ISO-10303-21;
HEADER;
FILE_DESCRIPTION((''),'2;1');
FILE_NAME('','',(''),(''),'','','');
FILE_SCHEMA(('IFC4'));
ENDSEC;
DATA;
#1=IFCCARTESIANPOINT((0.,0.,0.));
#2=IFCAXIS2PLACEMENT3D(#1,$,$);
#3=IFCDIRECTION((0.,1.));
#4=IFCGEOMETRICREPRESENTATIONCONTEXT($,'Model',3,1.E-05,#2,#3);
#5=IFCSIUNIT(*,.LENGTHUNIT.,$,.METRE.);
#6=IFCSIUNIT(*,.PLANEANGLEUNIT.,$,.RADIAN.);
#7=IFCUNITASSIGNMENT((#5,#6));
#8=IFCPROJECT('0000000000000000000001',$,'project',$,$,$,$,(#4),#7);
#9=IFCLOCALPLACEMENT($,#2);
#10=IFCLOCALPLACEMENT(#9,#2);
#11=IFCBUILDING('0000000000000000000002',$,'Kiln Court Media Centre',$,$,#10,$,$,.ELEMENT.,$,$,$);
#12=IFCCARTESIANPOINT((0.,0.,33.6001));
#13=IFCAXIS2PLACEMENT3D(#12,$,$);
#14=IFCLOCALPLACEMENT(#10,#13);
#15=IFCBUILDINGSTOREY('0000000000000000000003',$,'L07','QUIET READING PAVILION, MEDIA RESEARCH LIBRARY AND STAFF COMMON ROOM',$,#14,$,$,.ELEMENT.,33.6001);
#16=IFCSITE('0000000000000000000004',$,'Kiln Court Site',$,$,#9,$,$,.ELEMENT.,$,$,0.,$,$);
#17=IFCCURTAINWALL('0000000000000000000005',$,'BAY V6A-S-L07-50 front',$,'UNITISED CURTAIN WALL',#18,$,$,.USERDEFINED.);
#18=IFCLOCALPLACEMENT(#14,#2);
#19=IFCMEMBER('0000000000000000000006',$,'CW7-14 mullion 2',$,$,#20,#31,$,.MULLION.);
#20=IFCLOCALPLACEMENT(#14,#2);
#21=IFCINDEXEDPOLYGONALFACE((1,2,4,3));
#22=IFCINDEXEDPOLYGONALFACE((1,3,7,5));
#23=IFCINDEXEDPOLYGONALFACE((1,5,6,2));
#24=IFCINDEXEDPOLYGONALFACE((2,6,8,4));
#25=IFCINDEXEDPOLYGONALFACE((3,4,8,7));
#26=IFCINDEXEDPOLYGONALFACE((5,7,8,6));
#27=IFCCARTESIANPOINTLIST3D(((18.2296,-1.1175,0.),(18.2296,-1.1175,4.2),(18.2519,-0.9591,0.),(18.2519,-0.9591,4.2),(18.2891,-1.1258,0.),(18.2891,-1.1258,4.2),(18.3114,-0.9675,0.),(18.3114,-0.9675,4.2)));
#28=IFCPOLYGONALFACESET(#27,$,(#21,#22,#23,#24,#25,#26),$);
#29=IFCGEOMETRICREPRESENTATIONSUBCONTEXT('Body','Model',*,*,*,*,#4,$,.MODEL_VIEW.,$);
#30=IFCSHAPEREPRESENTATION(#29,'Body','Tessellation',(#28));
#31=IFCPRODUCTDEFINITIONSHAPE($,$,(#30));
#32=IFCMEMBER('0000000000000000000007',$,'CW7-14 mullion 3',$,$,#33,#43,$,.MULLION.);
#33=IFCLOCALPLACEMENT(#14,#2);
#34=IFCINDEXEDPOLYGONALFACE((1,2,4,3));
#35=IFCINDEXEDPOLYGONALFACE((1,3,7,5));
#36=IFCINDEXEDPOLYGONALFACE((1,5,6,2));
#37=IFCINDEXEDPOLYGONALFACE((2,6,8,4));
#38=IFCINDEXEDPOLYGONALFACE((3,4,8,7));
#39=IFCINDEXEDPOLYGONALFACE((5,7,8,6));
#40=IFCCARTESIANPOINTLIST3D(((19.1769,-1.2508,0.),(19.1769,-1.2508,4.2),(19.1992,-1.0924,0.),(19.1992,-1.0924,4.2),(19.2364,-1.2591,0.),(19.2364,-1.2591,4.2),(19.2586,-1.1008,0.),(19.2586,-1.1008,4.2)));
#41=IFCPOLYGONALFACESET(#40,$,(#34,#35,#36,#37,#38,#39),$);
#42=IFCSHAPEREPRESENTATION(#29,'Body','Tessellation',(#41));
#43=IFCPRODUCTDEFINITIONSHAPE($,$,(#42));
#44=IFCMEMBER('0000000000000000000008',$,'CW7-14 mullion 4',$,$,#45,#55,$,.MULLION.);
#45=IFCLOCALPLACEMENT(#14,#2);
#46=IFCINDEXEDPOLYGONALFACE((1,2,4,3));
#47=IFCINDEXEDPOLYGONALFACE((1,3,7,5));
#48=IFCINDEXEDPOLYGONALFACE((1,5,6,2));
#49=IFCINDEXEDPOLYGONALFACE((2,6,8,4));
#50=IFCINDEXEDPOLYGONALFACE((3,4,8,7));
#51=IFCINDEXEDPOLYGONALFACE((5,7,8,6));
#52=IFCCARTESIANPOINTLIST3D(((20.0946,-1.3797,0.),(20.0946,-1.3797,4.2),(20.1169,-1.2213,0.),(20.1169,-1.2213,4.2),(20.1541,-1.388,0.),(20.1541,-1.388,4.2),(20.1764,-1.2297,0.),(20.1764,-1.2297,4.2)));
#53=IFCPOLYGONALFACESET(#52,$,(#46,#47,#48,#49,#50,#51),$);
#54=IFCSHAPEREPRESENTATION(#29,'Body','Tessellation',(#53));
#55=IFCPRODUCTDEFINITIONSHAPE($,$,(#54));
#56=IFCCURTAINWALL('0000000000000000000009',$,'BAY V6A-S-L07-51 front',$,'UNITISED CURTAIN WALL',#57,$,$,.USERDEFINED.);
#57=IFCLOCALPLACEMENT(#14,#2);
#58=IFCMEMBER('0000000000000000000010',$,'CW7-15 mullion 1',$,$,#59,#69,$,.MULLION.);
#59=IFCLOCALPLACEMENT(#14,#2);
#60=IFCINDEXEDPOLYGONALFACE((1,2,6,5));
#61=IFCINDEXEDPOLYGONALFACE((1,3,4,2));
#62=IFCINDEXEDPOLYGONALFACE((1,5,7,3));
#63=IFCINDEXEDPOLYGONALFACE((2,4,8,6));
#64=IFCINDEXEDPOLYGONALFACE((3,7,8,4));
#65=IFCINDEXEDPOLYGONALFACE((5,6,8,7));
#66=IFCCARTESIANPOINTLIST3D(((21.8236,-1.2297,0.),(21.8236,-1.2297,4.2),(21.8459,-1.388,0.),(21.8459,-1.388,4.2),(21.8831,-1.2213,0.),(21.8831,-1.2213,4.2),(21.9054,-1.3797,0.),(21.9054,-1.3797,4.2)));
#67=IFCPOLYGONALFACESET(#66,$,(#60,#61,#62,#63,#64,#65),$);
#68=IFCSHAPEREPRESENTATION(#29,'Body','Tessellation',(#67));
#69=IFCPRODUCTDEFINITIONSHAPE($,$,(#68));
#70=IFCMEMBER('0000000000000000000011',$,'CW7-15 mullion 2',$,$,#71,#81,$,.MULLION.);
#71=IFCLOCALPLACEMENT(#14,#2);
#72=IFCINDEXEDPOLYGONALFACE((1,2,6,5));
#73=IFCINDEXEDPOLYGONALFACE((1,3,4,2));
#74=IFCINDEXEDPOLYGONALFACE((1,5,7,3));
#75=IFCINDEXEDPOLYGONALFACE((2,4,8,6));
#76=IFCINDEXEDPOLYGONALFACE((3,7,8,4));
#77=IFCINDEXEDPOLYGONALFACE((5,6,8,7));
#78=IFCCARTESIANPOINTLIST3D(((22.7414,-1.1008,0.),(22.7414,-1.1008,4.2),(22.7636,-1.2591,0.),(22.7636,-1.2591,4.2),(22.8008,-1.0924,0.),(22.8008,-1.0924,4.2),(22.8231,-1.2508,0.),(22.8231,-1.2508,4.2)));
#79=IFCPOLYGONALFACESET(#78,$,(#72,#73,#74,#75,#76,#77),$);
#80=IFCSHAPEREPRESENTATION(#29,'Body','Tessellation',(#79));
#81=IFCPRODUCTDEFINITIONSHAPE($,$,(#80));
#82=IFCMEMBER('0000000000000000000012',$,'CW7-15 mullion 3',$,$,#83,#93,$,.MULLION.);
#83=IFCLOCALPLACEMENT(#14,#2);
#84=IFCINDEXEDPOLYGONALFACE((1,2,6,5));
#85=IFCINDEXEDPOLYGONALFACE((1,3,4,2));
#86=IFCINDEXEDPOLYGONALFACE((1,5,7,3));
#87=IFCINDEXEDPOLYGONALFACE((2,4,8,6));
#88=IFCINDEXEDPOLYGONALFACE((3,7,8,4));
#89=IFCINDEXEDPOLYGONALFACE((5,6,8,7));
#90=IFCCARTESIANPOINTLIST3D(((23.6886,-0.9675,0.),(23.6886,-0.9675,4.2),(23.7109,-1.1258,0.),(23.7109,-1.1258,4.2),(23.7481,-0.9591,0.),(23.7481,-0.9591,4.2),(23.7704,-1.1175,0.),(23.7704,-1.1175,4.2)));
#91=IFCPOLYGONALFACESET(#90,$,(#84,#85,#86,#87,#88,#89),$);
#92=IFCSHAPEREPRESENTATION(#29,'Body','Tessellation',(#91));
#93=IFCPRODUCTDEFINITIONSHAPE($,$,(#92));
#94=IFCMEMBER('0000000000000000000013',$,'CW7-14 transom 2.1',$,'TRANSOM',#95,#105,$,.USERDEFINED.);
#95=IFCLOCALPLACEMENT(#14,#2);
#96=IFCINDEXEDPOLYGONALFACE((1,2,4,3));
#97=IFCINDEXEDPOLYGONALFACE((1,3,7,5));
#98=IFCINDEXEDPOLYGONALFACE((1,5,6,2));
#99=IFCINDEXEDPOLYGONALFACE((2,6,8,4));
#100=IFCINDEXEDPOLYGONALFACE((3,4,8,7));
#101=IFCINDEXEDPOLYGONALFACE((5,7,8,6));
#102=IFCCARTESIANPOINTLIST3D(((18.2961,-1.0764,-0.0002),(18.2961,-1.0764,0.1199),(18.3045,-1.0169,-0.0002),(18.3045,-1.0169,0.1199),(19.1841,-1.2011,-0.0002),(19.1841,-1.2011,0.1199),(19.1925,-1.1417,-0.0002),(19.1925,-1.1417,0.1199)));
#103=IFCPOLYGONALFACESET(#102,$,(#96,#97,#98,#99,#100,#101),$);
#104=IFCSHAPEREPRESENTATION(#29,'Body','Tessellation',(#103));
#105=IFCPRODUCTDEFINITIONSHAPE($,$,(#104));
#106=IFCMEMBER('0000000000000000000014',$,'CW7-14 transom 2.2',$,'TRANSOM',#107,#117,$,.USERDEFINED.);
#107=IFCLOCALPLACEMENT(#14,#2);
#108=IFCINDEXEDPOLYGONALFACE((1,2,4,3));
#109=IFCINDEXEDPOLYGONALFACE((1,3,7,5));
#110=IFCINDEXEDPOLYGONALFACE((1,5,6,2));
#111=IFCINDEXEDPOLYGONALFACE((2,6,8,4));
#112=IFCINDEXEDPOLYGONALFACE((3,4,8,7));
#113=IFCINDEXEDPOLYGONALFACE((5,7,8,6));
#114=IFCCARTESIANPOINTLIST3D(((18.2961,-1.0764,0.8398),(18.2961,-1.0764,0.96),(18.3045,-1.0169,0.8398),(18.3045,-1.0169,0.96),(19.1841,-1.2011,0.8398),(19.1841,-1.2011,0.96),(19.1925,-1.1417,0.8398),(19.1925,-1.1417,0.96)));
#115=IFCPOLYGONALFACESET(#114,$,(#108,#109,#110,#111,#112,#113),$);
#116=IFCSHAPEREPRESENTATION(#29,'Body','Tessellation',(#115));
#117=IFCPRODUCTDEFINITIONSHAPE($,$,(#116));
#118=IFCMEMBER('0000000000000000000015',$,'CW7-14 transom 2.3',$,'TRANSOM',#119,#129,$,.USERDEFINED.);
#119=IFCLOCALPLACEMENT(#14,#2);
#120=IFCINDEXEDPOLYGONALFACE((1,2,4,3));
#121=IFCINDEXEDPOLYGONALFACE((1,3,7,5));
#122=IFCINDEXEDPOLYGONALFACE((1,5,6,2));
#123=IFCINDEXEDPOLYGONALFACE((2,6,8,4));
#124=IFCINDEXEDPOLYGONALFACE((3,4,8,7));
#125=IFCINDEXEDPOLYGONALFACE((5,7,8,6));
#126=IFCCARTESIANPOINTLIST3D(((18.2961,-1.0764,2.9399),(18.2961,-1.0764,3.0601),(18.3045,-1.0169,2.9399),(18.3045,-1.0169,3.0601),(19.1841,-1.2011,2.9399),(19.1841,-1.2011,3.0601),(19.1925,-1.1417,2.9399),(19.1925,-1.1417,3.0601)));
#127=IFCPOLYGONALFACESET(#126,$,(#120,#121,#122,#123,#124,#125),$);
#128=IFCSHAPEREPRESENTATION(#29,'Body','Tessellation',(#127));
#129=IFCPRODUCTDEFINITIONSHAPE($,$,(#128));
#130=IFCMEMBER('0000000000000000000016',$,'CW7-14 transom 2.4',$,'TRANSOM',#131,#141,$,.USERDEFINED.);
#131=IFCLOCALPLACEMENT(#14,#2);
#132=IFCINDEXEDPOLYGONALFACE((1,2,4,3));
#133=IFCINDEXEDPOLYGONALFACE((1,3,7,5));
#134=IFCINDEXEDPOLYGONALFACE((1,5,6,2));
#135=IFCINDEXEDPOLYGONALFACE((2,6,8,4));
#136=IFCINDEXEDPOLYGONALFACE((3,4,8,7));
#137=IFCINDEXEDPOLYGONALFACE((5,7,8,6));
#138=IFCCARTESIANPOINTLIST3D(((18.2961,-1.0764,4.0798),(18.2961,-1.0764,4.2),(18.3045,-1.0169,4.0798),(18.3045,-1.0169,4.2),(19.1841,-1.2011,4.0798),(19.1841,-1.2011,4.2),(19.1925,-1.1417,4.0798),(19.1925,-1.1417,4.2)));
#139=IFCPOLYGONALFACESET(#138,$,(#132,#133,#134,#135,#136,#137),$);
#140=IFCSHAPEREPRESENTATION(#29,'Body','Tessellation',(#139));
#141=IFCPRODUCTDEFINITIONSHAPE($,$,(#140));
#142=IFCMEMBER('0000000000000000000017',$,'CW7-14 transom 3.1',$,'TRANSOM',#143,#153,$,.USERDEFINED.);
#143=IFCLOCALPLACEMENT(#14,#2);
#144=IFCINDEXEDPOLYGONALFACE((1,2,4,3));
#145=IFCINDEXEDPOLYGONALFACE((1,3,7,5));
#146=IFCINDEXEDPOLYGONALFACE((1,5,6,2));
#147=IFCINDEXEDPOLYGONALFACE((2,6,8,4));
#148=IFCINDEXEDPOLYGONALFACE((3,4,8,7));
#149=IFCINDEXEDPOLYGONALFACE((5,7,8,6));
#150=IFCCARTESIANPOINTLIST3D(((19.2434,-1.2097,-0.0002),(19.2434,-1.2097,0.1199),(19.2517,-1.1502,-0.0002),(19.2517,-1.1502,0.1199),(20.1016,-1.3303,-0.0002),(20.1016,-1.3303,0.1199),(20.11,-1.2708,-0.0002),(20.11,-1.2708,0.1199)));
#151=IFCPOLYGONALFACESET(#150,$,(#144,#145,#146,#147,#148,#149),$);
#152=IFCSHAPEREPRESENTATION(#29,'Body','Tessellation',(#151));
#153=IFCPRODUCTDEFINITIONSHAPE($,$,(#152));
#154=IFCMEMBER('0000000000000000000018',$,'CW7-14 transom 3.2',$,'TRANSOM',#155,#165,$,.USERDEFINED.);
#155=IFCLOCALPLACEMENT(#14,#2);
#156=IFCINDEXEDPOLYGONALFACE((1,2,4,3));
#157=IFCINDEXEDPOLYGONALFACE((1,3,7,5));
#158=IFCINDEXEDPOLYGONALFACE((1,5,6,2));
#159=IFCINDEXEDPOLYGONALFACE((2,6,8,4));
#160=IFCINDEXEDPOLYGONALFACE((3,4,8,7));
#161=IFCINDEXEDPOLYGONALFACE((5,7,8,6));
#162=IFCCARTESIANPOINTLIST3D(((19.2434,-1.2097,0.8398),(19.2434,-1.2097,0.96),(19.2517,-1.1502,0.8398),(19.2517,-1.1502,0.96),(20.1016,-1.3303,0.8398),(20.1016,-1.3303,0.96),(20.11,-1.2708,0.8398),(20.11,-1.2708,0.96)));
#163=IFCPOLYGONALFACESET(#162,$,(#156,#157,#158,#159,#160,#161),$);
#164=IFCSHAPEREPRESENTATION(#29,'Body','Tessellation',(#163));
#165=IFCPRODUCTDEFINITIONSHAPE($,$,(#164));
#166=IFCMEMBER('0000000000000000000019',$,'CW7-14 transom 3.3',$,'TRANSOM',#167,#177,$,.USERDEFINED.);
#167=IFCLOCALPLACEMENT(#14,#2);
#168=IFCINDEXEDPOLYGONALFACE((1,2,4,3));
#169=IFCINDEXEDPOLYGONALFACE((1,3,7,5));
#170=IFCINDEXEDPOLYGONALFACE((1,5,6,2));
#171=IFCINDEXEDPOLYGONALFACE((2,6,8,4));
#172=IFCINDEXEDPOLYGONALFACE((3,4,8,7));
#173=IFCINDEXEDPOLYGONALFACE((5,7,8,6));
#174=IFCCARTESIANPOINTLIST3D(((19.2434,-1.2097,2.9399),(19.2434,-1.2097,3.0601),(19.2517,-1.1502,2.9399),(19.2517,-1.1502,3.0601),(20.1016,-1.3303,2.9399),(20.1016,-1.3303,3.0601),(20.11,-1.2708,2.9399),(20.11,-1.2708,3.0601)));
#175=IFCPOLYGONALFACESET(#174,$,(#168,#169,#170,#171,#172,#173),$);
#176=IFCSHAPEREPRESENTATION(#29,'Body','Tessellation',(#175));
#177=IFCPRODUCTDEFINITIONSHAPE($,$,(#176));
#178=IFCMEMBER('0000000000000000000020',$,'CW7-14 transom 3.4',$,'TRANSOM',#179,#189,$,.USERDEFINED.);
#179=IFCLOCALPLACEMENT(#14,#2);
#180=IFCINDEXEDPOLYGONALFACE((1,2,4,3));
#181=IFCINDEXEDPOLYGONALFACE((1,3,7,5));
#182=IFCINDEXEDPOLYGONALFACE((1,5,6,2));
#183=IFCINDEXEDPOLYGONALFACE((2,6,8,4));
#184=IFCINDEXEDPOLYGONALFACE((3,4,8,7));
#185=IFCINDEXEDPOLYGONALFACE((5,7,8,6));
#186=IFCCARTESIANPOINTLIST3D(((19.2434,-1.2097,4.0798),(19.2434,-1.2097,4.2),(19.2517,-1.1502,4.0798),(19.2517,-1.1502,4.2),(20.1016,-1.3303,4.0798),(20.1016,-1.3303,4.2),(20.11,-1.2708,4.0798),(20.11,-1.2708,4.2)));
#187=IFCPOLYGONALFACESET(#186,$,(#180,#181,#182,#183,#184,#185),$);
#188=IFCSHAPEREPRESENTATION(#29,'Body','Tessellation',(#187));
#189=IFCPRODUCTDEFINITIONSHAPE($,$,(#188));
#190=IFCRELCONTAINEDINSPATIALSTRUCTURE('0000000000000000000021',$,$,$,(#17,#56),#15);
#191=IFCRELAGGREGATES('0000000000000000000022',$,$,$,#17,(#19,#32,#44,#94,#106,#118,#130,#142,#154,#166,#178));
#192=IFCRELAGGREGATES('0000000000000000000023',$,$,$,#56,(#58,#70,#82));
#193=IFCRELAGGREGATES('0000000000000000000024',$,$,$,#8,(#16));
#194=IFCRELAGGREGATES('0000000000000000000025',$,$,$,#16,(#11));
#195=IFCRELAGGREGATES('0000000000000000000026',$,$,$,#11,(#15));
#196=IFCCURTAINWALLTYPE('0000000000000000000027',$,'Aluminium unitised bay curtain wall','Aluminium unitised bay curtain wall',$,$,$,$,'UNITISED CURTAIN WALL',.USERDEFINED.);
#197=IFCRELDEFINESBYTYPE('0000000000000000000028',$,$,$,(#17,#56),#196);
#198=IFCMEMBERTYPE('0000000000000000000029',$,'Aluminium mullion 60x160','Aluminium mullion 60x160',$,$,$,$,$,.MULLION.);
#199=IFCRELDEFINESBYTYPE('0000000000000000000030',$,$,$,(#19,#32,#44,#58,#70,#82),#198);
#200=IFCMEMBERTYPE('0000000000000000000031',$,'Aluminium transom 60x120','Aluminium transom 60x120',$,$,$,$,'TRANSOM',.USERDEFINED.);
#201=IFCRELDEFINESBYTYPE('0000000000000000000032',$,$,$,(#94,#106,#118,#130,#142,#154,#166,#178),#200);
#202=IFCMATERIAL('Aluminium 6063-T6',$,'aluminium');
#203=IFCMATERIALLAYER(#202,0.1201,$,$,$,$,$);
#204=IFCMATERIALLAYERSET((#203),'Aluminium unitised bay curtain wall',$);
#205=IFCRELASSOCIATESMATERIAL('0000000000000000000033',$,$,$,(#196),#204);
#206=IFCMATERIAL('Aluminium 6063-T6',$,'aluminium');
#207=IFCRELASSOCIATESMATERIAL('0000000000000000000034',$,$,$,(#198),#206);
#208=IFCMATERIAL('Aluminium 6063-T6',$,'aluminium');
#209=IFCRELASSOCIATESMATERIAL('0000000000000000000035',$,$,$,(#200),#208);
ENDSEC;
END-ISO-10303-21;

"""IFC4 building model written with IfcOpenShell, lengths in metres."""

from ifc_helpers import new_model, si_unit, direction, frame, origin, origin_2d, place, context, subcontext, project, spatial, rectangle, extrude, material, layer, layer_set, material_profile, profile_set, type_object, element, aggregate, save


model = new_model("IFC4")

# Units and contexts
model_context = context("Model", 3, precision=1e-05, world=origin(), true_north=direction((0.0, 1.0)))
body_context = subcontext(model_context, "Body", "Model", "MODEL_VIEW")
ifc_project = project(units=[si_unit("LENGTHUNIT", "METRE"), si_unit("PLANEANGLEUNIT", "RADIAN")], contexts=[model_context])

# Site, building, storey
site_placement = place(None, origin())
site = spatial("IfcSite", under=ifc_project, at=site_placement, Name="Kiln Court Site", CompositionType="ELEMENT", RefElevation=0.0)
building_placement = place(site_placement, origin())
building = spatial("IfcBuilding", under=site, at=building_placement, Name="Kiln Court Media Centre", CompositionType="ELEMENT")
storey_placement = place(building_placement, frame((0.0, 0.0, 33.6001)))
storey = spatial("IfcBuildingStorey", under=building, at=storey_placement, Name="L07", Description="QUIET READING PAVILION, MEDIA RESEARCH LIBRARY AND STAFF COMMON ROOM", CompositionType="ELEMENT", Elevation=33.6001)

# Curtain walls, members
ifc_material_1 = material(Name="Aluminium 6063-T6", Category="aluminium")
ifc_layer_1 = layer(ifc_material_1, 0.1201)
ifc_layer_set_1 = layer_set([ifc_layer_1], Name="Aluminium unitised bay curtain wall")
curtain_wall_type = type_object("IfcCurtainWallType", Name="Aluminium unitised bay curtain wall", Description="Aluminium unitised bay curtain wall", ElementType="UNITISED CURTAIN WALL", PredefinedType="USERDEFINED", material=ifc_layer_set_1)
curtain_wall_1_placement = place(storey_placement, origin())
curtain_wall_1 = element("IfcCurtainWall", 1, at=curtain_wall_1_placement, inside=storey, type_object=curtain_wall_type, Name="BAY V6A-S-L07-50 front", ObjectType="UNITISED CURTAIN WALL", PredefinedType="USERDEFINED")
ifc_material_2 = material(Name="Aluminium 6063-T6", Category="aluminium")
ifc_material_profile_1 = material_profile(ifc_material_2, rectangle(XDim=0.0601, YDim=0.1599, at=origin_2d()), Name="Aluminium mullion 60x160")
ifc_profile_set_1 = profile_set([ifc_material_profile_1], Name="Aluminium 6063-T6")
member_type_1 = type_object("IfcMemberType", Name="Aluminium mullion 60x160", Description="Aluminium mullion 60x160", PredefinedType="MULLION", material=ifc_profile_set_1)
member_1_placement = place(storey_placement, frame((18.2705, -1.0425, 0.0), z_axis=(0.0, 0.0, 1.0), x_axis=(0.99027, -0.139162, 0.0)))
member_1 = element("IfcMember", 2, at=member_1_placement, type_object=member_type_1, Name="CW7-14 mullion 2", PredefinedType="MULLION", context=body_context, shape_type="SweptSolid", body=[
    extrude(rectangle(XDim=0.0601, YDim=0.1599, at=origin_2d()), origin(), (0.0, 0.0, 1.0), 4.2),
])
member_2_placement = place(storey_placement, frame((19.2178, -1.1758, 0.0), z_axis=(0.0, 0.0, 1.0), x_axis=(0.99027, -0.139162, 0.0)))
member_2 = element("IfcMember", 3, at=member_2_placement, type_object=member_type_1, Name="CW7-14 mullion 3", PredefinedType="MULLION", context=body_context, shape_type="SweptSolid", body=[
    extrude(rectangle(XDim=0.0601, YDim=0.1599, at=origin_2d()), origin(), (0.0, 0.0, 1.0), 4.2),
])
member_3_placement = place(storey_placement, frame((20.1355, -1.3047, 0.0), z_axis=(0.0, 0.0, 1.0), x_axis=(0.99027, -0.139162, 0.0)))
member_3 = element("IfcMember", 4, at=member_3_placement, type_object=member_type_1, Name="CW7-14 mullion 4", PredefinedType="MULLION", context=body_context, shape_type="SweptSolid", body=[
    extrude(rectangle(XDim=0.0601, YDim=0.1599, at=origin_2d()), origin(), (0.0, 0.0, 1.0), 4.2),
])
curtain_wall_2_placement = place(storey_placement, origin())
curtain_wall_2 = element("IfcCurtainWall", 5, at=curtain_wall_2_placement, inside=storey, type_object=curtain_wall_type, Name="BAY V6A-S-L07-51 front", ObjectType="UNITISED CURTAIN WALL", PredefinedType="USERDEFINED")
member_4_placement = place(storey_placement, frame((21.8645, -1.3047, 0.0), z_axis=(0.0, 0.0, 1.0), x_axis=(0.99027, 0.139162, 0.0)))
member_4 = element("IfcMember", 6, at=member_4_placement, type_object=member_type_1, Name="CW7-15 mullion 1", PredefinedType="MULLION", context=body_context, shape_type="SweptSolid", body=[
    extrude(rectangle(XDim=0.0601, YDim=0.1599, at=origin_2d()), origin(), (0.0, 0.0, 1.0), 4.2),
])
member_5_placement = place(storey_placement, frame((22.7822, -1.1758, 0.0), z_axis=(0.0, 0.0, 1.0), x_axis=(0.99027, 0.139162, 0.0)))
member_5 = element("IfcMember", 7, at=member_5_placement, type_object=member_type_1, Name="CW7-15 mullion 2", PredefinedType="MULLION", context=body_context, shape_type="SweptSolid", body=[
    extrude(rectangle(XDim=0.0601, YDim=0.1599, at=origin_2d()), origin(), (0.0, 0.0, 1.0), 4.2),
])
member_6_placement = place(storey_placement, frame((23.7295, -1.0425, 0.0), z_axis=(0.0, 0.0, 1.0), x_axis=(0.99027, 0.139162, 0.0)))
member_6 = element("IfcMember", 8, at=member_6_placement, type_object=member_type_1, Name="CW7-15 mullion 3", PredefinedType="MULLION", context=body_context, shape_type="SweptSolid", body=[
    extrude(rectangle(XDim=0.0601, YDim=0.1599, at=origin_2d()), origin(), (0.0, 0.0, 1.0), 4.2),
])

# Members
ifc_material_3 = material(Name="Aluminium 6063-T6", Category="aluminium")
ifc_material_profile_2 = material_profile(ifc_material_3, rectangle(XDim=0.0601, YDim=0.1201, at=origin_2d()), Name="Aluminium transom 60x120")
ifc_profile_set_2 = profile_set([ifc_material_profile_2], Name="Aluminium 6063-T6")
member_type_2 = type_object("IfcMemberType", Name="Aluminium transom 60x120", Description="Aluminium transom 60x120", ElementType="TRANSOM", PredefinedType="USERDEFINED", material=ifc_profile_set_2)
member_7_placement = place(storey_placement, frame((18.3003, -1.0466, 0.0598), z_axis=(0.990274, -0.139134, 0.0), x_axis=(0.139134, 0.990274, 0.0)))
member_7 = element("IfcMember", 9, at=member_7_placement, type_object=member_type_2, Name="CW7-14 transom 2.1", ObjectType="TRANSOM", PredefinedType="USERDEFINED", context=body_context, shape_type="SweptSolid", body=[
    extrude(rectangle(XDim=0.0601, YDim=0.1201, at=origin_2d()), origin(), (0.0, 0.0, 1.0), 0.8967),
])
member_8_placement = place(storey_placement, frame((18.3003, -1.0466, 0.8999), z_axis=(0.990274, -0.139134, 0.0), x_axis=(0.139134, 0.990274, 0.0)))
member_8 = element("IfcMember", 10, at=member_8_placement, type_object=member_type_2, Name="CW7-14 transom 2.2", ObjectType="TRANSOM", PredefinedType="USERDEFINED", context=body_context, shape_type="SweptSolid", body=[
    extrude(rectangle(XDim=0.0601, YDim=0.1201, at=origin_2d()), origin(), (0.0, 0.0, 1.0), 0.8967),
])
member_9_placement = place(storey_placement, frame((18.3003, -1.0466, 3.0), z_axis=(0.990274, -0.139134, 0.0), x_axis=(0.139134, 0.990274, 0.0)))
member_9 = element("IfcMember", 11, at=member_9_placement, type_object=member_type_2, Name="CW7-14 transom 2.3", ObjectType="TRANSOM", PredefinedType="USERDEFINED", context=body_context, shape_type="SweptSolid", body=[
    extrude(rectangle(XDim=0.0601, YDim=0.1201, at=origin_2d()), origin(), (0.0, 0.0, 1.0), 0.8967),
])
member_10_placement = place(storey_placement, frame((18.3003, -1.0466, 4.1399), z_axis=(0.990274, -0.139134, 0.0), x_axis=(0.139134, 0.990274, 0.0)))
member_10 = element("IfcMember", 12, at=member_10_placement, type_object=member_type_2, Name="CW7-14 transom 2.4", ObjectType="TRANSOM", PredefinedType="USERDEFINED", context=body_context, shape_type="SweptSolid", body=[
    extrude(rectangle(XDim=0.0601, YDim=0.1201, at=origin_2d()), origin(), (0.0, 0.0, 1.0), 0.8967),
])
member_11_placement = place(storey_placement, frame((19.2476, -1.1799, 0.0598), z_axis=(0.990268, -0.139173, 0.0), x_axis=(0.139173, 0.990268, 0.0)))
member_11 = element("IfcMember", 13, at=member_11_placement, type_object=member_type_2, Name="CW7-14 transom 3.1", ObjectType="TRANSOM", PredefinedType="USERDEFINED", context=body_context, shape_type="SweptSolid", body=[
    extrude(rectangle(XDim=0.0601, YDim=0.1201, at=origin_2d()), origin(), (0.0, 0.0, 1.0), 0.8667),
])
member_12_placement = place(storey_placement, frame((19.2476, -1.1799, 0.8999), z_axis=(0.990268, -0.139173, 0.0), x_axis=(0.139173, 0.990268, 0.0)))
member_12 = element("IfcMember", 14, at=member_12_placement, type_object=member_type_2, Name="CW7-14 transom 3.2", ObjectType="TRANSOM", PredefinedType="USERDEFINED", context=body_context, shape_type="SweptSolid", body=[
    extrude(rectangle(XDim=0.0601, YDim=0.1201, at=origin_2d()), origin(), (0.0, 0.0, 1.0), 0.8667),
])
member_13_placement = place(storey_placement, frame((19.2476, -1.1799, 3.0), z_axis=(0.990268, -0.139173, 0.0), x_axis=(0.139173, 0.990268, 0.0)))
member_13 = element("IfcMember", 15, at=member_13_placement, type_object=member_type_2, Name="CW7-14 transom 3.3", ObjectType="TRANSOM", PredefinedType="USERDEFINED", context=body_context, shape_type="SweptSolid", body=[
    extrude(rectangle(XDim=0.0601, YDim=0.1201, at=origin_2d()), origin(), (0.0, 0.0, 1.0), 0.8667),
])
member_14_placement = place(storey_placement, frame((19.2476, -1.1799, 4.1399), z_axis=(0.990268, -0.139173, 0.0), x_axis=(0.139173, 0.990268, 0.0)))
member_14 = element("IfcMember", 16, at=member_14_placement, type_object=member_type_2, Name="CW7-14 transom 3.4", ObjectType="TRANSOM", PredefinedType="USERDEFINED", context=body_context, shape_type="SweptSolid", body=[
    extrude(rectangle(XDim=0.0601, YDim=0.1201, at=origin_2d()), origin(), (0.0, 0.0, 1.0), 0.8667),
])

aggregate(curtain_wall_1, [member_1, member_2, member_3, member_7, member_8, member_9, member_10, member_11, member_12, member_13, member_14])
aggregate(curtain_wall_2, [member_4, member_5, member_6])

save(model, "model.ifc")
